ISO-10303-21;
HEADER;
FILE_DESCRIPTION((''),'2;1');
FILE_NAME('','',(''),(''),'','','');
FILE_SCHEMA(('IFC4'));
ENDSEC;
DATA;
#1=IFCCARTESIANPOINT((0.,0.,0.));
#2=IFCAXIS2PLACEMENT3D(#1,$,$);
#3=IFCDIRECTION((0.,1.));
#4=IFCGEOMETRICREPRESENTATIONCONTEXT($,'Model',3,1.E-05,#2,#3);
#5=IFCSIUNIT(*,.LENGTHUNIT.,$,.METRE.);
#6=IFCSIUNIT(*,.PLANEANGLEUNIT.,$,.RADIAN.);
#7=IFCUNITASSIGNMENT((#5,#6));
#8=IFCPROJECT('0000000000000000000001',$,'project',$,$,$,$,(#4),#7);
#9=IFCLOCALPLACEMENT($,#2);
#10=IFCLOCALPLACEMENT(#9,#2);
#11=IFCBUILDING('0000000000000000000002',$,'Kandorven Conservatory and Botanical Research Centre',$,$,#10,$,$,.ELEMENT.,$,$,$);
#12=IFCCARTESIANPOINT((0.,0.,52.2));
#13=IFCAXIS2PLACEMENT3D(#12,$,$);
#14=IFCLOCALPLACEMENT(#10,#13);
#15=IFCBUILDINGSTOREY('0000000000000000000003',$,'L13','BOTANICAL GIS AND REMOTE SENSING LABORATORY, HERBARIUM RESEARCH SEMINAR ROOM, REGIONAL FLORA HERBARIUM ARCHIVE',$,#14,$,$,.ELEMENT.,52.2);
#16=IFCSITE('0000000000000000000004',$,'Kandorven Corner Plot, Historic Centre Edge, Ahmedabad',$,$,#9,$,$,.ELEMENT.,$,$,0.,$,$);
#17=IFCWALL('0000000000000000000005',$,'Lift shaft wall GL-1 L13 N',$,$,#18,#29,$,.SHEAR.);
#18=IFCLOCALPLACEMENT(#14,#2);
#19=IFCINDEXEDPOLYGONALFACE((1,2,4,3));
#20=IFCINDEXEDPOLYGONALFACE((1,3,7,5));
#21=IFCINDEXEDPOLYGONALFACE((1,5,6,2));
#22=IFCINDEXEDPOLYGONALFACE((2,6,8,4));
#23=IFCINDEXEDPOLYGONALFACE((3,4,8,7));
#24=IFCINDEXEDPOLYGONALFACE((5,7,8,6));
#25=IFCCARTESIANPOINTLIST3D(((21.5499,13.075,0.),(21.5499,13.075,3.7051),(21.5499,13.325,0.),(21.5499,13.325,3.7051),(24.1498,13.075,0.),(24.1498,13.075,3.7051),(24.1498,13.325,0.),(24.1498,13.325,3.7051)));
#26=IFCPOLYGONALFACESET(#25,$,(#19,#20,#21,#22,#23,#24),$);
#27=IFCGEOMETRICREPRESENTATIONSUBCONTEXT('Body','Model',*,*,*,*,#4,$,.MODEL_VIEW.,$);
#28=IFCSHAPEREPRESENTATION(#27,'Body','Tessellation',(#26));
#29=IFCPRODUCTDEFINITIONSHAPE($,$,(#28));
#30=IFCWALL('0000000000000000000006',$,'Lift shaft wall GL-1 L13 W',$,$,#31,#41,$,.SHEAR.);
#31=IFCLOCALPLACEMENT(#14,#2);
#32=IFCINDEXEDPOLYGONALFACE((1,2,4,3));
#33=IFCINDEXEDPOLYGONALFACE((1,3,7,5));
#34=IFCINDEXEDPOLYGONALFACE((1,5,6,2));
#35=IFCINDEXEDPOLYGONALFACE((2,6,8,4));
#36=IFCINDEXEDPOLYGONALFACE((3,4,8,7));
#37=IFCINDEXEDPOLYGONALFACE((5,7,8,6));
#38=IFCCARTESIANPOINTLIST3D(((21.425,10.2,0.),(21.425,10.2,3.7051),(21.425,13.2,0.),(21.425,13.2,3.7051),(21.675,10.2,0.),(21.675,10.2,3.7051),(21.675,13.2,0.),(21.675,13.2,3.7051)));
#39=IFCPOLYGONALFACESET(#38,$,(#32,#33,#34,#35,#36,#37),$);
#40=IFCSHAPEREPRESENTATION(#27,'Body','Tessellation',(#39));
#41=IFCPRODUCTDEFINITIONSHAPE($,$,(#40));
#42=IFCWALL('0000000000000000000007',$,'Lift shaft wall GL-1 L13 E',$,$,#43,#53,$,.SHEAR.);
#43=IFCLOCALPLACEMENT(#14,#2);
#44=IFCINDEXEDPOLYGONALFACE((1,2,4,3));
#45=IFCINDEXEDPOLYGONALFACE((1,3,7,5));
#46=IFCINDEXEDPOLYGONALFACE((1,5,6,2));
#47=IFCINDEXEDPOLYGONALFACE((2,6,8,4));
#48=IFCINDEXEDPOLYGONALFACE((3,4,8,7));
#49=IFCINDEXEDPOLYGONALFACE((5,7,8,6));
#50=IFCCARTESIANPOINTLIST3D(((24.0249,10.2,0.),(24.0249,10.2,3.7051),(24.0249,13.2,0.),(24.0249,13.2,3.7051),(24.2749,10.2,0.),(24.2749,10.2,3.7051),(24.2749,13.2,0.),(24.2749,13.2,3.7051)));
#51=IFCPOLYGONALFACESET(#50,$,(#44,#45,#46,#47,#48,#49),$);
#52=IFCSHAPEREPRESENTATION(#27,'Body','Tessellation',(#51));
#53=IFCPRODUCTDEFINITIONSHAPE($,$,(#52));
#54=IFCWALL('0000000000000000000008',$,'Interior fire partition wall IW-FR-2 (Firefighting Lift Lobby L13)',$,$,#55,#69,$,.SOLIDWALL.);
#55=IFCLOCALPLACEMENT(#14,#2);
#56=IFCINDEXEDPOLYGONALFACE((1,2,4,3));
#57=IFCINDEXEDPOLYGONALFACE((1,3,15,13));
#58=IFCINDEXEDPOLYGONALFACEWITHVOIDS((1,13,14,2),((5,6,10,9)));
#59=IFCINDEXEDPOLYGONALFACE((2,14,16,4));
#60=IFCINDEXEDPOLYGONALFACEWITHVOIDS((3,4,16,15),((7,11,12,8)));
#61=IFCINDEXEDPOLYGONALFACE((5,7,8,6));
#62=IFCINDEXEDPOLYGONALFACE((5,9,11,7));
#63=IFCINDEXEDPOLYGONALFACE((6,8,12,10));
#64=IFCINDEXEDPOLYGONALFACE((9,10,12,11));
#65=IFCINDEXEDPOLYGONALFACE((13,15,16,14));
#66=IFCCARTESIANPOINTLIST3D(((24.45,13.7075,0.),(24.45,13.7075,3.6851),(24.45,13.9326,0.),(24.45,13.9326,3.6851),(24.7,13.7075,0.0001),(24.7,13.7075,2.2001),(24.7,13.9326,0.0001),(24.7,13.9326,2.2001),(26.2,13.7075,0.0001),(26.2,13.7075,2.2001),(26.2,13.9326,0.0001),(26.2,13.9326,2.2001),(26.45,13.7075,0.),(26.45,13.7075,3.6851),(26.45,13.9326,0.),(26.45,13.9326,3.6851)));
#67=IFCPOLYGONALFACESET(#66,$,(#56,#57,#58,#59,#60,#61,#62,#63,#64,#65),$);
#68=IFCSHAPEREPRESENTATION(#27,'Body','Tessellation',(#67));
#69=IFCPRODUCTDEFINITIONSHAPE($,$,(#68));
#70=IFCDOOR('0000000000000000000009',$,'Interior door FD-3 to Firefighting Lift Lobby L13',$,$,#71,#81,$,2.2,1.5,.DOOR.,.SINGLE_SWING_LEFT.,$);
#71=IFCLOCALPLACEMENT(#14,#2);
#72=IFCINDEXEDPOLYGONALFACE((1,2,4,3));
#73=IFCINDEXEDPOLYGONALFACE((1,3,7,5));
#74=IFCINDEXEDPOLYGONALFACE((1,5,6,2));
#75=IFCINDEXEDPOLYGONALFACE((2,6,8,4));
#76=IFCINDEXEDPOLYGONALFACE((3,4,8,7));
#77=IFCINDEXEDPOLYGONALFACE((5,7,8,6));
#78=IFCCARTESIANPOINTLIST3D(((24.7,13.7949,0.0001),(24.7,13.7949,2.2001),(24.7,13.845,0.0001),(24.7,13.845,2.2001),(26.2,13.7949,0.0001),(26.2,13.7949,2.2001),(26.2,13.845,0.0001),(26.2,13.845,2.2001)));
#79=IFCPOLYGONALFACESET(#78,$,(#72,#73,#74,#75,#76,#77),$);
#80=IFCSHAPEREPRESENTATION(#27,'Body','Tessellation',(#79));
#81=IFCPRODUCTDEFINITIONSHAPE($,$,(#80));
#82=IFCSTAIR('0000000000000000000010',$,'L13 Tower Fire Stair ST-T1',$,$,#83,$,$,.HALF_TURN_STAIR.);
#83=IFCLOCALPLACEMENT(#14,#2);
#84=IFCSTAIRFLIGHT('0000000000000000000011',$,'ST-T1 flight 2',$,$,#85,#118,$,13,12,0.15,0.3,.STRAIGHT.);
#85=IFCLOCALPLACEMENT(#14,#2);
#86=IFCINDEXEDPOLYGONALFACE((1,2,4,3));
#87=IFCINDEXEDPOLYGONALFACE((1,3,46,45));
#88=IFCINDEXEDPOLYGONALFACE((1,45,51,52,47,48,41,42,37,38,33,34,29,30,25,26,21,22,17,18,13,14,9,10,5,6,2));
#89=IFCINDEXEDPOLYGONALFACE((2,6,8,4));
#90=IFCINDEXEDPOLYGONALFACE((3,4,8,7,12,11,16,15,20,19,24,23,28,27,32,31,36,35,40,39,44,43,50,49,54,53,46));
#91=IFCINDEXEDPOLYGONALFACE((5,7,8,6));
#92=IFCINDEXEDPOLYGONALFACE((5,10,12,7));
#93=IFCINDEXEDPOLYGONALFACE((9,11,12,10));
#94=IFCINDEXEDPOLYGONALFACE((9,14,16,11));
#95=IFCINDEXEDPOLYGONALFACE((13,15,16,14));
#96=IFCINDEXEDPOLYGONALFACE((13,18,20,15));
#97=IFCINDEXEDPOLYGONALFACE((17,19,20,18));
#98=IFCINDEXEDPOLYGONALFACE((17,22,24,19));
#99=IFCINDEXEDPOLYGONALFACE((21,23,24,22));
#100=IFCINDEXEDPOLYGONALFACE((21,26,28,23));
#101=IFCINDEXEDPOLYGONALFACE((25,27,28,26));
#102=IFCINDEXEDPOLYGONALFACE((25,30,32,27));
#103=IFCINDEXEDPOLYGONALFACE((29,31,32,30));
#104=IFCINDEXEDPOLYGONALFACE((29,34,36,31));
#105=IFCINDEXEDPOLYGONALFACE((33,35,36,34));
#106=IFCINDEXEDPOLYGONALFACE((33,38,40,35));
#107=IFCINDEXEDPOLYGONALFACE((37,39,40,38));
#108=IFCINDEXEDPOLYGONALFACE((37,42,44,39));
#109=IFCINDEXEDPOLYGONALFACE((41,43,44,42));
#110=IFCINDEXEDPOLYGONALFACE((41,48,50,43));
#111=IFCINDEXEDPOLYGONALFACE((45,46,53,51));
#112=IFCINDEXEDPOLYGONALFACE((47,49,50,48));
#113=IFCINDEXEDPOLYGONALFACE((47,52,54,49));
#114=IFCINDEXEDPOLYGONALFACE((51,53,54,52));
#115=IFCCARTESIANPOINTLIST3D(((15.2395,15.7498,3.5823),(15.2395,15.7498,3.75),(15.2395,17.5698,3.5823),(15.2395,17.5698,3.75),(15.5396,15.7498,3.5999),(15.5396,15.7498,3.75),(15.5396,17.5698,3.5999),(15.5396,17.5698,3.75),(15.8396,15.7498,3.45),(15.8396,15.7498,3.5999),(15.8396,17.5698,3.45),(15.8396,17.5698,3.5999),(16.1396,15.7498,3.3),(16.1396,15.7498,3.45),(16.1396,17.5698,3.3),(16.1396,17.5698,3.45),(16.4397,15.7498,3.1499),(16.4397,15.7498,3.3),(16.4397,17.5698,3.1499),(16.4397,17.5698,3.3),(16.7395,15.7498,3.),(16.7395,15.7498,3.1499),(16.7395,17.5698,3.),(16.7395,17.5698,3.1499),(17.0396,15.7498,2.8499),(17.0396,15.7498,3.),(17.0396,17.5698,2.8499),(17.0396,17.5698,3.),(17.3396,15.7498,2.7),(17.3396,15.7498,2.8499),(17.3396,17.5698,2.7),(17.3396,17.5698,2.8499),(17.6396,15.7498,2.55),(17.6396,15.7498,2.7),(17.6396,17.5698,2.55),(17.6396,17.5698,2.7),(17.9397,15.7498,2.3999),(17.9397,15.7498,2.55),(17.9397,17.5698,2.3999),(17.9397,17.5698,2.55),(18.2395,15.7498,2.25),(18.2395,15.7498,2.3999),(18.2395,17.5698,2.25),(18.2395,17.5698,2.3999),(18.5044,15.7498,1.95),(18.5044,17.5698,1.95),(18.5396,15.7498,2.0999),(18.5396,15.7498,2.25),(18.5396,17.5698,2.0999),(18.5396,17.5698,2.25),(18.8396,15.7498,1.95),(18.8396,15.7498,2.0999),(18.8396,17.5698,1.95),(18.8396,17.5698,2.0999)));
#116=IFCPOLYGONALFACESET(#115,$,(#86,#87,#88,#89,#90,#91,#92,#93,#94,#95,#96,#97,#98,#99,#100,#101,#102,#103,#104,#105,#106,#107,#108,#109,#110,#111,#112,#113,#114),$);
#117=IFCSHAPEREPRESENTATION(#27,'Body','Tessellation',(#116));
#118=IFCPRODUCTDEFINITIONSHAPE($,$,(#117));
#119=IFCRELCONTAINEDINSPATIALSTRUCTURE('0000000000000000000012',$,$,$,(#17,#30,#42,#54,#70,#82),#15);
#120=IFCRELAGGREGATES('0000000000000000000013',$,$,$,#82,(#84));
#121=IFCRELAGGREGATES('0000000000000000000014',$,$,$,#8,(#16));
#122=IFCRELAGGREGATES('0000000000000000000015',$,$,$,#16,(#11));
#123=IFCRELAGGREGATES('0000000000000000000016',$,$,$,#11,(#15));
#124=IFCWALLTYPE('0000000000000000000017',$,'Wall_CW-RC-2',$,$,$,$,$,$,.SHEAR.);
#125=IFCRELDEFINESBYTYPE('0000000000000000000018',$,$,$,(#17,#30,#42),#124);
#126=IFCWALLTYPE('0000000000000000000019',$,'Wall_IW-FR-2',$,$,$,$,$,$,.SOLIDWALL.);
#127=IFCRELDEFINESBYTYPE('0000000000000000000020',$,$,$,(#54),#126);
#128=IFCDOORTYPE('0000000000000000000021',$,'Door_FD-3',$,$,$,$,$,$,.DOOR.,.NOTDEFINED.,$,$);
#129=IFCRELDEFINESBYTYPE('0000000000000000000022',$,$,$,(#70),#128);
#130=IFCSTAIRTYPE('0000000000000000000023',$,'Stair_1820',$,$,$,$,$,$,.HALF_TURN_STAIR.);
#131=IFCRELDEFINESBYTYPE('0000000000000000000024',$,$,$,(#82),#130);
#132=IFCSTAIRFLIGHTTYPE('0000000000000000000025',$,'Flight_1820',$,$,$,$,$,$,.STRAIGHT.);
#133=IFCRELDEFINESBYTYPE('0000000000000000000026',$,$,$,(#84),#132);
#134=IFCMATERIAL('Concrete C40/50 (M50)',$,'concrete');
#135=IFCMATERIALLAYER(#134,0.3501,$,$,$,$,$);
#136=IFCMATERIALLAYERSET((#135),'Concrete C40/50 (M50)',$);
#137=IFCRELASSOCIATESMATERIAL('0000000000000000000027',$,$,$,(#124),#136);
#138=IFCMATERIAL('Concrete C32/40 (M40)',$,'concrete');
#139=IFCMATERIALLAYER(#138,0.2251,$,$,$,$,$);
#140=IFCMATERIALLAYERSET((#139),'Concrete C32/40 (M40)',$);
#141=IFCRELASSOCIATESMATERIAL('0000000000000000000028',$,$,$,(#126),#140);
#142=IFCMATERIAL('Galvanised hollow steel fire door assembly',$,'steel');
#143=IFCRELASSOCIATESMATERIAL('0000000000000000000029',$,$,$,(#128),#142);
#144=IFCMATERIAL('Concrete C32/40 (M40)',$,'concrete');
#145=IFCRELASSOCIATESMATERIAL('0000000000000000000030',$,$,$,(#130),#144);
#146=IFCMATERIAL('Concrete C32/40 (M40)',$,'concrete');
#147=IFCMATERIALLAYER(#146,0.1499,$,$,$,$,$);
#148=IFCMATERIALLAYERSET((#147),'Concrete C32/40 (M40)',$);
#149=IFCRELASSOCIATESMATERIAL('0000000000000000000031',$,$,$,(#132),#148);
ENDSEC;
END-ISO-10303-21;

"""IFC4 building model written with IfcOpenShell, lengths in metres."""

from ifc_helpers import new_model, si_unit, direction, frame, frame_2d, origin, place, context, subcontext, project, spatial, polyline, rectangle, outline, extrude, material, layer, layer_set, type_object, element, fill, aggregate, save


model = new_model("IFC4")

# Units and contexts
model_context = context("Model", 3, precision=1e-05, world=origin(), true_north=direction((0.0, 1.0)))
body_context = subcontext(model_context, "Body", "Model", "MODEL_VIEW")
ifc_project = project(units=[si_unit("LENGTHUNIT", "METRE"), si_unit("PLANEANGLEUNIT", "RADIAN")], contexts=[model_context])

# Site, building, storey
site_placement = place(None, origin())
site = spatial("IfcSite", under=ifc_project, at=site_placement, Name="Kandorven Corner Plot, Historic Centre Edge, Ahmedabad", CompositionType="ELEMENT", RefElevation=0.0)
building_placement = place(site_placement, origin())
building = spatial("IfcBuilding", under=site, at=building_placement, Name="Kandorven Conservatory and Botanical Research Centre", CompositionType="ELEMENT")
storey_placement = place(building_placement, frame((0.0, 0.0, 52.2)))
storey = spatial("IfcBuildingStorey", under=building, at=storey_placement, Name="L13", Description="BOTANICAL GIS AND REMOTE SENSING LABORATORY, HERBARIUM RESEARCH SEMINAR ROOM, REGIONAL FLORA HERBARIUM ARCHIVE", CompositionType="ELEMENT", Elevation=52.2)

# Shared definitions
ifc_material_1 = material(Name="Concrete C40/50 (M50)", Category="concrete")
ifc_layer_1 = layer(ifc_material_1, 0.3501)
ifc_layer_set_1 = layer_set([ifc_layer_1], Name="Concrete C40/50 (M50)")
wall_type_1 = type_object("IfcWallType", Name="Wall_CW-RC-2", PredefinedType="SHEAR", material=ifc_layer_set_1)

# Walls
wall_1_placement = place(storey_placement, frame((21.55, 13.2, 0.0), z_axis=(0.0, 0.0, 1.0), x_axis=(1.0, 0.0, 0.0)))
element("IfcWall", 1, at=wall_1_placement, inside=storey, type_object=wall_type_1, Name="Lift shaft wall GL-1 L13 N", PredefinedType="SHEAR", context=body_context, shape_type="SweptSolid", body=[
    extrude(rectangle(XDim=2.5999, YDim=0.25, at=frame_2d((1.2998, 0.0))), origin(), (0.0, 0.0, 1.0), 3.7051),
])
for number, where, z_axis, x_axis, name in (
    (2, (21.55, 10.2, 0.0), (0.0, 0.0, 1.0), (0.0, 1.0, 0.0), "Lift shaft wall GL-1 L13 W"),
    (3, (24.1499, 10.2, 0.0), (0.0, 0.0, 1.0), (0.0, 1.0, 0.0), "Lift shaft wall GL-1 L13 E"),
):
    element("IfcWall", number, at=place(storey_placement, frame(where, z_axis=z_axis, x_axis=x_axis)), inside=storey, type_object=wall_type_1, Name=name, PredefinedType="SHEAR", context=body_context, shape_type="SweptSolid", body=[
        extrude(rectangle(XDim=3.0, YDim=0.25, at=frame_2d((1.5, 0.0))), origin(), (0.0, 0.0, 1.0), 3.7051),
    ])

# Wall, opening, door
ifc_material_2 = material(Name="Concrete C32/40 (M40)", Category="concrete")
ifc_layer_2 = layer(ifc_material_2, 0.2251)
ifc_layer_set_2 = layer_set([ifc_layer_2], Name="Concrete C32/40 (M40)")
wall_type_2 = type_object("IfcWallType", Name="Wall_IW-FR-2", PredefinedType="SOLIDWALL", material=ifc_layer_set_2)
wall_2_placement = place(storey_placement, frame((24.45, 13.8201, 0.0), z_axis=(0.0, 0.0, 1.0), x_axis=(1.0, 0.0, 0.0)))
wall_2 = element("IfcWall", 4, at=wall_2_placement, inside=storey, type_object=wall_type_2, Name="Interior fire partition wall IW-FR-2 (Firefighting Lift Lobby L13)", PredefinedType="SOLIDWALL", context=body_context, shape_type="SweptSolid", body=[
    extrude(rectangle(XDim=2.0, YDim=0.2251, at=frame_2d((1.0, 0.0))), origin(), (0.0, 0.0, 1.0), 3.6851),
])
opening_1_placement = place(wall_2_placement, frame((0.25, 0.0, 0.0)))
opening_1 = element("IfcOpeningElement", 5, at=opening_1_placement, cuts=wall_2, PredefinedType="OPENING", context=body_context, shape_type="SweptSolid", body=[
    extrude(rectangle(XDim=1.5, YDim=2.2, at=frame_2d((0.75, 1.1001))), frame((0.0, 0.1226, 0.0), z_axis=(0.0, -1.0, 0.0), x_axis=(1.0, 0.0, 0.0)), (0.0, 0.0, 1.0), 0.2451),
])
ifc_material_3 = material(Name="Galvanised hollow steel fire door assembly", Category="steel")
door_type_1 = type_object("IfcDoorType", Name="Door_FD-3", OperationType="NOTDEFINED", PredefinedType="DOOR", material=ifc_material_3)
door_1_placement = place(opening_1_placement, origin())
door_1 = element("IfcDoor", 6, at=door_1_placement, inside=storey, type_object=door_type_1, Name="Interior door FD-3 to Firefighting Lift Lobby L13", OperationType="SINGLE_SWING_LEFT", OverallHeight=2.2, OverallWidth=1.5, PredefinedType="DOOR", context=body_context, shape_type="SweptSolid", body=[
    extrude(rectangle(XDim=1.5, YDim=2.2, at=frame_2d((0.75, 1.1001))), frame((0.0, 0.0249, 0.0), z_axis=(0.0, -1.0, 0.0), x_axis=(1.0, 0.0, 0.0)), (0.0, 0.0, 1.0), 0.05),
])
fill(opening_1, door_1)

# Stair, stair flight
ifc_material_4 = material(Name="Concrete C32/40 (M40)", Category="concrete")
stair_type = type_object("IfcStairType", Name="Stair_1820", PredefinedType="HALF_TURN_STAIR", material=ifc_material_4)
stair_placement = place(storey_placement, origin())
stair = element("IfcStair", 7, at=stair_placement, inside=storey, type_object=stair_type, Name="L13 Tower Fire Stair ST-T1", PredefinedType="HALF_TURN_STAIR")
ifc_material_5 = material(Name="Concrete C32/40 (M40)", Category="concrete")
ifc_layer_3 = layer(ifc_material_5, 0.1499)
ifc_layer_set_3 = layer_set([ifc_layer_3], Name="Concrete C32/40 (M40)")
stair_flight_type = type_object("IfcStairFlightType", Name="Flight_1820", PredefinedType="STRAIGHT", material=ifc_layer_set_3)
stair_flight_placement = place(storey_placement, frame((18.8396, 16.6599, 1.95), z_axis=(0.0, 0.0, 1.0), x_axis=(-1.0, 0.0, 0.0)))
stair_flight = element("IfcStairFlight", 8, at=stair_flight_placement, type_object=stair_flight_type, Name="ST-T1 flight 2", NumberOfRisers=13, NumberOfTreads=12, PredefinedType="STRAIGHT", RiserHeight=0.15, TreadLength=0.3, context=body_context, shape_type="SweptSolid", body=[
    extrude(outline(polyline([(0.0, 0.0), (0.0, 0.1499), (0.3, 0.1499), (0.3, 0.3), (0.6001, 0.3), (0.6001, 0.45), (0.8999, 0.45), (0.8999, 0.6001), (1.2, 0.6001), (1.2, 0.75), (1.5, 0.75), (1.5, 0.8999), (1.8, 0.8999), (1.8, 1.05), (2.1001, 1.05), (2.1001, 1.2), (2.3999, 1.2), (2.3999, 1.3501), (2.7, 1.3501), (2.7, 1.5), (3.0, 1.5), (3.0, 1.6499), (3.3, 1.6499), (3.3, 1.8), (3.6001, 1.8), (3.6001, 1.95), (3.6001, 1.6323), (0.3352, 0.0), (0.0, 0.0)])), frame((0.0, 0.9102, 0.0), z_axis=(0.0, -1.0, 0.0), x_axis=(1.0, 0.0, 0.0)), (0.0, 0.0, 1.0), 1.8201),
])
aggregate(stair, [stair_flight])

save(model, "model.ifc")
